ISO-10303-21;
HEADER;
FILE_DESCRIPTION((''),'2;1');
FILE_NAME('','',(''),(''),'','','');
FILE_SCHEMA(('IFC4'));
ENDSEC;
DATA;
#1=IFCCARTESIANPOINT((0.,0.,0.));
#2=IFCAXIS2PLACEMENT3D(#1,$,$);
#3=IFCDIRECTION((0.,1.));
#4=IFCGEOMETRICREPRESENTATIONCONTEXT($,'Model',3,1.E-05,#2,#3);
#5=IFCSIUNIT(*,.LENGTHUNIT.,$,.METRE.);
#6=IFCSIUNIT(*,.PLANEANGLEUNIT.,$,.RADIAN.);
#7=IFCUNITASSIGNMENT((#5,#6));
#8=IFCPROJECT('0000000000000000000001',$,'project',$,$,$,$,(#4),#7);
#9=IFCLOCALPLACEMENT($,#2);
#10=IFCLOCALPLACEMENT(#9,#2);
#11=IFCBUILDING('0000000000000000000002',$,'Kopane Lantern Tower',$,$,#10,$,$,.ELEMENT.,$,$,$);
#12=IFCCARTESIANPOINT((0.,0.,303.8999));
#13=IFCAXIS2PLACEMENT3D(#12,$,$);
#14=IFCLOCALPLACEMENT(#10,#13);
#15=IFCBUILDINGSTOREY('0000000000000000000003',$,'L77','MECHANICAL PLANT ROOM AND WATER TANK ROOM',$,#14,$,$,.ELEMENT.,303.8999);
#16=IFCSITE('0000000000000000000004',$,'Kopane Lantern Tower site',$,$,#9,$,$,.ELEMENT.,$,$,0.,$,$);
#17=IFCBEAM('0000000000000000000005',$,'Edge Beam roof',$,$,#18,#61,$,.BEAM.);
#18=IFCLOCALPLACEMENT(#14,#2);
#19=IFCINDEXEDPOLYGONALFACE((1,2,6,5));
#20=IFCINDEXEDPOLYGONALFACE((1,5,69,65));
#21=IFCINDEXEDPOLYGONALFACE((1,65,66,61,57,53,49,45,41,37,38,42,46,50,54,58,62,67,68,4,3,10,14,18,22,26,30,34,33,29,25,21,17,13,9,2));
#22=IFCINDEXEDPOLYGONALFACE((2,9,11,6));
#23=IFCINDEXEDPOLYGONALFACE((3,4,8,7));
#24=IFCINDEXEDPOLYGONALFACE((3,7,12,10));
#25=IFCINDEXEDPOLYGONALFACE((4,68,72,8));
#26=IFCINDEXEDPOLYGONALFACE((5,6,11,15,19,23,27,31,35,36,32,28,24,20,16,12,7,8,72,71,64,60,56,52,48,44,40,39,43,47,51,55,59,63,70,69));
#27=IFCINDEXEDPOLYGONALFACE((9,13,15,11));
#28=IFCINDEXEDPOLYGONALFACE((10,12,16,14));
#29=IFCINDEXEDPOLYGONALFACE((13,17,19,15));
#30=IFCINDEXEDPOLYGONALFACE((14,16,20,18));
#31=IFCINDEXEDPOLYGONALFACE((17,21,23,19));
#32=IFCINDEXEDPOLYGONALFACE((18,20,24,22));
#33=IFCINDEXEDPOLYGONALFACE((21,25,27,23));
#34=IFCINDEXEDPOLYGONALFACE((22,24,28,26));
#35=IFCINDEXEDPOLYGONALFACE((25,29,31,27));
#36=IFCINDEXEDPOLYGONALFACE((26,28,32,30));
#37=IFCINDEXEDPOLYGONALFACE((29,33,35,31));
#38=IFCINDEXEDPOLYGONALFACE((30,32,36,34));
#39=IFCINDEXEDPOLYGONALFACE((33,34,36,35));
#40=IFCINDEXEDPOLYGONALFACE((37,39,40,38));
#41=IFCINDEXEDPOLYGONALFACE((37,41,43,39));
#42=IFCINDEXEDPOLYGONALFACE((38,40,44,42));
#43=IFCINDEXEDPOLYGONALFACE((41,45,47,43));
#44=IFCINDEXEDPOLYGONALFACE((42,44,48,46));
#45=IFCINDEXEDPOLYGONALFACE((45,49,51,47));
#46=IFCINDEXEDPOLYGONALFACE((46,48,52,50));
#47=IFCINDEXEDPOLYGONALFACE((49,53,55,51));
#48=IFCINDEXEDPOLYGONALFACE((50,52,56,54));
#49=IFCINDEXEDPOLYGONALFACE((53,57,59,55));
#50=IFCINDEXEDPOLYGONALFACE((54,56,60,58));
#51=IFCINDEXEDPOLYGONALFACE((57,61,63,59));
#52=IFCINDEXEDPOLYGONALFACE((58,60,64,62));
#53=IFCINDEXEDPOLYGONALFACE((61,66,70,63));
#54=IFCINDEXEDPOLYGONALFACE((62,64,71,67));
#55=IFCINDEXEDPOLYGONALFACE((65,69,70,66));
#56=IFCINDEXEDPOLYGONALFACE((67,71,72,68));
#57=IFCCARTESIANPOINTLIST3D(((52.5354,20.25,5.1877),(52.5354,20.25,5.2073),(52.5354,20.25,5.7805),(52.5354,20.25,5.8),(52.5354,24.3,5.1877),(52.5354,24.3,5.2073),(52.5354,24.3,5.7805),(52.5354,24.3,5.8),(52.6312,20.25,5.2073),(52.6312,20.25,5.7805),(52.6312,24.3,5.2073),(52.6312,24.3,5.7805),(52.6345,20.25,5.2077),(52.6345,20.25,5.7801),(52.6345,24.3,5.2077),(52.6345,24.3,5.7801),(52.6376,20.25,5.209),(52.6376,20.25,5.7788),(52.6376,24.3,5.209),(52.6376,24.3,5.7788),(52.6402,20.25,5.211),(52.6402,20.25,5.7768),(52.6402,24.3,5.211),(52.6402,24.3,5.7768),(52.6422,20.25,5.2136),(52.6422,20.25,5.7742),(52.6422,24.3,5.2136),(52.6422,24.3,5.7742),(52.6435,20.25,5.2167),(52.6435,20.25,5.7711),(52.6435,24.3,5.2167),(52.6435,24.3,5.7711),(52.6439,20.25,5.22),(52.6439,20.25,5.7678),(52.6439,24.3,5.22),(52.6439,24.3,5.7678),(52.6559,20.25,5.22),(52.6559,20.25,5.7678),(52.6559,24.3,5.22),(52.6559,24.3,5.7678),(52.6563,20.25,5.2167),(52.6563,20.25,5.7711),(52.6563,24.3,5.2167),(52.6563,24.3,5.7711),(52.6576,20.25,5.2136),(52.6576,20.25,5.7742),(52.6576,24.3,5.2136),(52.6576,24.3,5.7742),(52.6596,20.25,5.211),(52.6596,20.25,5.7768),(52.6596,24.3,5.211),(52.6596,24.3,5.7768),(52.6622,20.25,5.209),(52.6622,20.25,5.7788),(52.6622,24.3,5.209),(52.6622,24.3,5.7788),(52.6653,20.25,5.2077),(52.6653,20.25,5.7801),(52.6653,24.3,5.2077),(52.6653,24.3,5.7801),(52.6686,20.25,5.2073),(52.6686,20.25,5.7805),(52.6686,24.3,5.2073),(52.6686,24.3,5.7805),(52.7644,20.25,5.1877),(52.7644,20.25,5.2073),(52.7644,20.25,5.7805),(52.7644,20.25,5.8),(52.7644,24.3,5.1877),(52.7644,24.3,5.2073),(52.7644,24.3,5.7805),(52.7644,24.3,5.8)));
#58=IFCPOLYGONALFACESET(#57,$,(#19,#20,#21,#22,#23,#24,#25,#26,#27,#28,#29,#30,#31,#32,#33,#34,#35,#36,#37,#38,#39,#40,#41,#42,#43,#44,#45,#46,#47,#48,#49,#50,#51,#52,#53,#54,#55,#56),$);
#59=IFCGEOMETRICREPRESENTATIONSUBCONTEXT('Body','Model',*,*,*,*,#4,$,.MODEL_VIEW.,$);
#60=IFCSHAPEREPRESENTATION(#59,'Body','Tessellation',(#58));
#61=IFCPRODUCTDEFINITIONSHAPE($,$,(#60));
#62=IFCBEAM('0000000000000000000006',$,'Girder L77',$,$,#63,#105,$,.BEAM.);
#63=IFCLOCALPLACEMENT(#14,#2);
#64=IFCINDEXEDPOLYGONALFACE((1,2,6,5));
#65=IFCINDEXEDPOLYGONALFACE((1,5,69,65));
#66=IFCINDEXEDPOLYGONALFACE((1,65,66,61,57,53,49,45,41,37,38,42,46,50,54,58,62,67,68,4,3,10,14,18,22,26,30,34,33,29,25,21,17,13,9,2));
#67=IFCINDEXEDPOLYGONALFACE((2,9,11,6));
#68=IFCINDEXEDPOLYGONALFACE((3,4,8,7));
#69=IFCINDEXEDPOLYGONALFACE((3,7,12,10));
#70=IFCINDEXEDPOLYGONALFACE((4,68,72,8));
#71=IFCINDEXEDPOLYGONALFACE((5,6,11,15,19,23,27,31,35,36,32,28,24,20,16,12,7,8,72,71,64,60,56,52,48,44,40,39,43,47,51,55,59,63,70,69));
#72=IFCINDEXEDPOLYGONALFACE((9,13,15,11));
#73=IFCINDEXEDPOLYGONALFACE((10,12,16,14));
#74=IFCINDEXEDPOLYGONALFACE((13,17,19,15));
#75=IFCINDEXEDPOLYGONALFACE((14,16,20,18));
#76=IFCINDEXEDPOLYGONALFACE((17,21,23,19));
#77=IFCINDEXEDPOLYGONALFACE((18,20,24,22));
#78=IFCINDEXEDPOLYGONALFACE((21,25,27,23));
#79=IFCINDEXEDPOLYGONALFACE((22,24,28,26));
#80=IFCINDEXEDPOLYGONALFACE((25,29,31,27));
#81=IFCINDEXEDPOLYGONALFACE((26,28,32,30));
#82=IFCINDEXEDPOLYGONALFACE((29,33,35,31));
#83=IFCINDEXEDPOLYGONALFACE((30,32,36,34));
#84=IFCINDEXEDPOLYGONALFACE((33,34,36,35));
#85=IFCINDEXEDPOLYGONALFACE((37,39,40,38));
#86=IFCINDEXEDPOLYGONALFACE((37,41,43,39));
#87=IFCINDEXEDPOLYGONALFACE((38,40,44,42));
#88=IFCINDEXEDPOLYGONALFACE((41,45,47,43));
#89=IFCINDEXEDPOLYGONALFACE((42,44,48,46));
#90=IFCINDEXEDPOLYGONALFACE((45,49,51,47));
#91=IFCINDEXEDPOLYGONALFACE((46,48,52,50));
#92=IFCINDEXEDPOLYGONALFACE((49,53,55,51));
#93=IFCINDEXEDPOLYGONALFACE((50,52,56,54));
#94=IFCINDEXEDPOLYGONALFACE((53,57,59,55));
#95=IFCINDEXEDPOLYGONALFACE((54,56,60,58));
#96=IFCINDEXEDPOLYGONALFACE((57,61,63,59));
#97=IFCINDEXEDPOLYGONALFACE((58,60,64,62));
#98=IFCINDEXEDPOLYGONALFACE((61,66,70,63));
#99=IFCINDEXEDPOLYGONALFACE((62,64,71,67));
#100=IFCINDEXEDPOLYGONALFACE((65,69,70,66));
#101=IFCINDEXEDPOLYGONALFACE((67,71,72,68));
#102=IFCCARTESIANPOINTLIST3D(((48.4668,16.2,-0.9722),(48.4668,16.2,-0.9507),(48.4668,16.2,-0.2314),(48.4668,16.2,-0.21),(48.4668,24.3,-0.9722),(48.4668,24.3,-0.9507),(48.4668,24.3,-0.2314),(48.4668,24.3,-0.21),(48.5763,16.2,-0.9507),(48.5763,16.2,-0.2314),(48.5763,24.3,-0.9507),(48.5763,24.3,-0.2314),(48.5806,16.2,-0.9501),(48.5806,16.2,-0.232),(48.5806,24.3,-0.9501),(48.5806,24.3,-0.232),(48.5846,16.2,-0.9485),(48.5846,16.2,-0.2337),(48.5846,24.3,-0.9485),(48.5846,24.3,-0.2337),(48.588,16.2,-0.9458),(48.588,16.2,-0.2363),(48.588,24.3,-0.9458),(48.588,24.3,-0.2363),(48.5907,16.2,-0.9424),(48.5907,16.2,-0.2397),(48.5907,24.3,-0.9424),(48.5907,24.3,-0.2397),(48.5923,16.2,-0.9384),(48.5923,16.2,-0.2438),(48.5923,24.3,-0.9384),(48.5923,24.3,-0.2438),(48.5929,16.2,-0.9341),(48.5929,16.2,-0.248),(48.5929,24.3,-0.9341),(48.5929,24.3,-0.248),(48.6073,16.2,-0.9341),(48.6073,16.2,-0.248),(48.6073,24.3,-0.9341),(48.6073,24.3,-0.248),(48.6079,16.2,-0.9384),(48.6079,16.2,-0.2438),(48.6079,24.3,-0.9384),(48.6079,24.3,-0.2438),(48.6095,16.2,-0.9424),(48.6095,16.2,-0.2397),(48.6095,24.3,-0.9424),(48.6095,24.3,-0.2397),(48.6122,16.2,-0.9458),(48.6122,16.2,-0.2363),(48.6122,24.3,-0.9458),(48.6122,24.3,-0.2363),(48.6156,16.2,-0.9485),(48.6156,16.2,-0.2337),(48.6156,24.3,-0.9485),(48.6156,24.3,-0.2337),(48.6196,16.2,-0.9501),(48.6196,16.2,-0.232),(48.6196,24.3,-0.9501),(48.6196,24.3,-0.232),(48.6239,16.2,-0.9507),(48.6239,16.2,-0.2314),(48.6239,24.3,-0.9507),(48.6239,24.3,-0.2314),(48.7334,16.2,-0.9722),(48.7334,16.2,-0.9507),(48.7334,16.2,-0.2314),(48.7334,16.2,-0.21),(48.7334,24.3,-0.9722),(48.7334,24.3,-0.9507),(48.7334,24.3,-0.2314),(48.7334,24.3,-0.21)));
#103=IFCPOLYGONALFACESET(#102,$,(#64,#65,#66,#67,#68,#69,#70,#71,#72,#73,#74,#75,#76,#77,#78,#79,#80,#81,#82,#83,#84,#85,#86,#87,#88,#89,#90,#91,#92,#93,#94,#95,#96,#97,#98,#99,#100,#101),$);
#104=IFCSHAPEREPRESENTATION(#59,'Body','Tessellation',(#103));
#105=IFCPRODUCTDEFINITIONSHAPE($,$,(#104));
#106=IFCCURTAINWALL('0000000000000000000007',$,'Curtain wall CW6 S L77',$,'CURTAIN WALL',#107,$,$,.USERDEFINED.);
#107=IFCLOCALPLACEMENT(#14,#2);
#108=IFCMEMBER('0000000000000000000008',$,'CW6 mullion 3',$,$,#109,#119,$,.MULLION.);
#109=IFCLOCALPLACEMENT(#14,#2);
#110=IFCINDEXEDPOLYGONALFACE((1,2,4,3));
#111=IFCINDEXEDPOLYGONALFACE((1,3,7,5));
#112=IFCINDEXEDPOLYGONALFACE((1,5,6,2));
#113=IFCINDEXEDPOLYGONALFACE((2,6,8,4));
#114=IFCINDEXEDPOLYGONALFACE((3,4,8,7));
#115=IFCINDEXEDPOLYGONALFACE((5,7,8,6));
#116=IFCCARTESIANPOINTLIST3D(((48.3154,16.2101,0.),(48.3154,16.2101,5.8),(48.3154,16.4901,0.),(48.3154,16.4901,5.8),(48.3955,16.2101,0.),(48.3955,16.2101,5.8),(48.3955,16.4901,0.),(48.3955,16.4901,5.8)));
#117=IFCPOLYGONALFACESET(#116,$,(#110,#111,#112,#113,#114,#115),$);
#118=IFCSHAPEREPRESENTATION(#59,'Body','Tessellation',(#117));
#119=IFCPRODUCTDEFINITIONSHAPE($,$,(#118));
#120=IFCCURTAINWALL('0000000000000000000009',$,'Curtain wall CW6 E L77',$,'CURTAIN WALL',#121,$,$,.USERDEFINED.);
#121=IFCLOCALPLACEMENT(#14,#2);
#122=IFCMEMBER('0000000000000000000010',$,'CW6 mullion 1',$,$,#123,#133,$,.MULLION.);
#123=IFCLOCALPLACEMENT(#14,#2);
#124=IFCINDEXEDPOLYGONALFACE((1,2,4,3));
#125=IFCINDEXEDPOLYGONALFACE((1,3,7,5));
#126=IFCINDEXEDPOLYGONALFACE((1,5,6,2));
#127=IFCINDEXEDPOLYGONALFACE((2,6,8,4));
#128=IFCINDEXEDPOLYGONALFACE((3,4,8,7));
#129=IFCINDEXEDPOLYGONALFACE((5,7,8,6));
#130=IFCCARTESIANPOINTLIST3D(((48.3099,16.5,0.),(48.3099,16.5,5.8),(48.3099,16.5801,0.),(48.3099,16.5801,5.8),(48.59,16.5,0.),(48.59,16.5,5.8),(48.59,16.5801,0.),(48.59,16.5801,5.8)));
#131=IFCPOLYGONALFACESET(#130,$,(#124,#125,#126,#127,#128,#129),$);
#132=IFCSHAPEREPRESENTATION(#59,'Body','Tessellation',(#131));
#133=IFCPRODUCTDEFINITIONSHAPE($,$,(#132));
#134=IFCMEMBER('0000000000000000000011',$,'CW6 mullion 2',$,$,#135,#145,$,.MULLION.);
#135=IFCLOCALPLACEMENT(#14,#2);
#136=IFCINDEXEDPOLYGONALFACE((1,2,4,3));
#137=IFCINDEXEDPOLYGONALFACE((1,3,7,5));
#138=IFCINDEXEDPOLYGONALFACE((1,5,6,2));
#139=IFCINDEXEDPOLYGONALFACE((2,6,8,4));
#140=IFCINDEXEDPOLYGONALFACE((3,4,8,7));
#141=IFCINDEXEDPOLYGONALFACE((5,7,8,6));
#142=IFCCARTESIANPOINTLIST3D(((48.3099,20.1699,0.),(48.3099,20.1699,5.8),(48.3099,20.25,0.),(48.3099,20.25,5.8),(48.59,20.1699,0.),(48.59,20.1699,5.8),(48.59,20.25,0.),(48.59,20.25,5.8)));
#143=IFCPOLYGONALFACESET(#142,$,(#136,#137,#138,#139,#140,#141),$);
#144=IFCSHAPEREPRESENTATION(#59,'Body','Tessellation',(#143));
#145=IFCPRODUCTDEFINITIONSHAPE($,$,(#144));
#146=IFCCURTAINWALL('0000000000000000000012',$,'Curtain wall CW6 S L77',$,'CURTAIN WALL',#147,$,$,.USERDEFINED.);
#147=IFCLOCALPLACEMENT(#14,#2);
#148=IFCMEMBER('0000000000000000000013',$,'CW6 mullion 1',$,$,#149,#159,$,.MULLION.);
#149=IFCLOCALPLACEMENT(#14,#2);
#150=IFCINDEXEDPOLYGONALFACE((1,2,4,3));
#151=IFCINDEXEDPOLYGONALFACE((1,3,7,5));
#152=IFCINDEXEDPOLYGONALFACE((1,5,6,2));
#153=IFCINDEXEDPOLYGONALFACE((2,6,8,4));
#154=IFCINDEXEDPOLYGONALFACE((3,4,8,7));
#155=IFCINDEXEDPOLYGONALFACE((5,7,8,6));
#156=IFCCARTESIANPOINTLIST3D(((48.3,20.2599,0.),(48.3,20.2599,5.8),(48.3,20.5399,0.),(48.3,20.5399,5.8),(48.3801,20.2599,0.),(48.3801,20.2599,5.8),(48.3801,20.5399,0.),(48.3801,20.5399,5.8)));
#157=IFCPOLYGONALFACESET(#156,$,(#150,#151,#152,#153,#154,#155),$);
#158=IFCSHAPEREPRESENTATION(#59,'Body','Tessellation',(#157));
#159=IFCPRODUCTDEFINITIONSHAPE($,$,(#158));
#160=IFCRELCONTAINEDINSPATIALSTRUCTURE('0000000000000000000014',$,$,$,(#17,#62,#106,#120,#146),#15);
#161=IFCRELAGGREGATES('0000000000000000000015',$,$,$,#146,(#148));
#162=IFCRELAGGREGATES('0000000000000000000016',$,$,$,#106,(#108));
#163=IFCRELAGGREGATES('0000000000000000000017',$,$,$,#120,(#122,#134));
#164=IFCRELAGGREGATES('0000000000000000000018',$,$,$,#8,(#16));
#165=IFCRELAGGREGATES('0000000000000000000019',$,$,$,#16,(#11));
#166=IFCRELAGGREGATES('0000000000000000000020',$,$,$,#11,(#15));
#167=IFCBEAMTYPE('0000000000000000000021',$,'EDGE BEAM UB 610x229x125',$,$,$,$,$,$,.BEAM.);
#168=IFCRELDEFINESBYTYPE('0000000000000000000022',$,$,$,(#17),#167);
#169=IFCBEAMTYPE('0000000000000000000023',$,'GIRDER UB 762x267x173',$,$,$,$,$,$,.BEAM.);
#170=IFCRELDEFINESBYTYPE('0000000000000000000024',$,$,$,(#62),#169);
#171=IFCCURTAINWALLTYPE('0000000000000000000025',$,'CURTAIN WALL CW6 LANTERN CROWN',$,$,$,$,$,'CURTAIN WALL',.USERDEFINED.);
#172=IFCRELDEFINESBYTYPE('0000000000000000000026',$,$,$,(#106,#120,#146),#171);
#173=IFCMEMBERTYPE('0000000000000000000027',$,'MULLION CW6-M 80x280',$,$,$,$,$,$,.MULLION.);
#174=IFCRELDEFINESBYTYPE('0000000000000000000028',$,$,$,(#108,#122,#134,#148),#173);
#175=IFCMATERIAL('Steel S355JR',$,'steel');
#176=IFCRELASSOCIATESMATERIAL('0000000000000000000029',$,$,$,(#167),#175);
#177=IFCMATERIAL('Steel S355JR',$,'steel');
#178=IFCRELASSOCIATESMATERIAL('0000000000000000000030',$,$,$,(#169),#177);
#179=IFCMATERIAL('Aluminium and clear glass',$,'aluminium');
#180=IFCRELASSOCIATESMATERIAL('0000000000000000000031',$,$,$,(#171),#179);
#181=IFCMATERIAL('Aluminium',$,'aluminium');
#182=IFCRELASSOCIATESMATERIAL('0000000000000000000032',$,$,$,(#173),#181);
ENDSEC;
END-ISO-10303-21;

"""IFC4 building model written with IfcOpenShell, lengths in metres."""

from ifc_helpers import new_model, si_unit, direction, frame, origin, origin_2d, place, context, subcontext, project, spatial, rectangle, i_section, extrude, material, material_profile, profile_set, type_object, element, aggregate, save


model = new_model("IFC4")

# Units and contexts
model_context = context("Model", 3, precision=1e-05, world=origin(), true_north=direction((0.0, 1.0)))
body_context = subcontext(model_context, "Body", "Model", "MODEL_VIEW")
ifc_project = project(units=[si_unit("LENGTHUNIT", "METRE"), si_unit("PLANEANGLEUNIT", "RADIAN")], contexts=[model_context])

# Site, building, storey
site_placement = place(None, origin())
site = spatial("IfcSite", under=ifc_project, at=site_placement, Name="Kopane Lantern Tower site", CompositionType="ELEMENT", RefElevation=0.0)
building_placement = place(site_placement, origin())
building = spatial("IfcBuilding", under=site, at=building_placement, Name="Kopane Lantern Tower", CompositionType="ELEMENT")
storey_placement = place(building_placement, frame((0.0, 0.0, 303.8999)))
storey = spatial("IfcBuildingStorey", under=building, at=storey_placement, Name="L77", Description="MECHANICAL PLANT ROOM AND WATER TANK ROOM", CompositionType="ELEMENT", Elevation=303.8999)

# Beams
ifc_material_1 = material(Name="Steel S355JR", Category="steel")
ifc_material_profile_1 = material_profile(ifc_material_1, i_section(OverallWidth=0.229, OverallDepth=0.6123, WebThickness=0.012, FlangeThickness=0.0195, FilletRadius=0.0127, at=origin_2d()), Name="UB 610x229x125")
ifc_profile_set_1 = profile_set([ifc_material_profile_1], Name="Steel S355JR")
beam_type_1 = type_object("IfcBeamType", Name="EDGE BEAM UB 610x229x125", PredefinedType="BEAM", material=ifc_profile_set_1)
beam_1_placement = place(storey_placement, frame((52.6499, 20.25, 5.4939), z_axis=(0.0, 1.0, 0.0), x_axis=(-1.0, 0.0, 0.0)))
element("IfcBeam", 1, at=beam_1_placement, inside=storey, type_object=beam_type_1, Name="Edge Beam roof", PredefinedType="BEAM", context=body_context, shape_type="SweptSolid", body=[
    extrude(i_section(OverallWidth=0.229, OverallDepth=0.6123, WebThickness=0.012, FlangeThickness=0.0195, FilletRadius=0.0127, at=origin_2d()), origin(), (0.0, 0.0, 1.0), 4.05),
])
ifc_material_2 = material(Name="Steel S355JR", Category="steel")
ifc_material_profile_2 = material_profile(ifc_material_2, i_section(OverallWidth=0.2666, OverallDepth=0.7622, WebThickness=0.0144, FlangeThickness=0.0215, FilletRadius=0.0166, at=origin_2d()), Name="UB 762x267x173")
ifc_profile_set_2 = profile_set([ifc_material_profile_2], Name="Steel S355JR")
beam_type_2 = type_object("IfcBeamType", Name="GIRDER UB 762x267x173", PredefinedType="BEAM", material=ifc_profile_set_2)
beam_2_placement = place(storey_placement, frame((48.6001, 16.2, -0.5911), z_axis=(0.0, 1.0, 0.0), x_axis=(-1.0, 0.0, 0.0)))
element("IfcBeam", 2, at=beam_2_placement, inside=storey, type_object=beam_type_2, Name="Girder L77", PredefinedType="BEAM", context=body_context, shape_type="SweptSolid", body=[
    extrude(i_section(OverallWidth=0.2666, OverallDepth=0.7622, WebThickness=0.0144, FlangeThickness=0.0215, FilletRadius=0.0166, at=origin_2d()), origin(), (0.0, 0.0, 1.0), 8.1001),
])

# Curtain wall, member
ifc_material_3 = material(Name="Aluminium and clear glass", Category="aluminium")
curtain_wall_type = type_object("IfcCurtainWallType", Name="CURTAIN WALL CW6 LANTERN CROWN", ElementType="CURTAIN WALL", PredefinedType="USERDEFINED", material=ifc_material_3)
curtain_wall_1_placement = place(storey_placement, origin())
curtain_wall_1 = element("IfcCurtainWall", 3, at=curtain_wall_1_placement, inside=storey, type_object=curtain_wall_type, Name="Curtain wall CW6 S L77", ObjectType="CURTAIN WALL", PredefinedType="USERDEFINED")
ifc_material_4 = material(Name="Aluminium", Category="aluminium")
ifc_material_profile_3 = material_profile(ifc_material_4, rectangle(XDim=0.0801, YDim=0.28, at=origin_2d()), Name="AL 80x280")
ifc_profile_set_3 = profile_set([ifc_material_profile_3], Name="Aluminium")
member_type_1 = type_object("IfcMemberType", Name="MULLION CW6-M 80x280", PredefinedType="MULLION", material=ifc_profile_set_3)
member_1_placement = place(storey_placement, frame((48.3555, 16.3501, 0.0), z_axis=(0.0, 0.0, 1.0), x_axis=(1.0, 0.0, 0.0)))
member_1 = element("IfcMember", 4, at=member_1_placement, type_object=member_type_1, Name="CW6 mullion 3", PredefinedType="MULLION", context=body_context, shape_type="SweptSolid", body=[
    extrude(rectangle(XDim=0.0801, YDim=0.28, at=origin_2d()), origin(), (0.0, 0.0, 1.0), 5.8),
])

# Curtain wall, members
curtain_wall_2_placement = place(storey_placement, origin())
curtain_wall_2 = element("IfcCurtainWall", 5, at=curtain_wall_2_placement, inside=storey, type_object=curtain_wall_type, Name="Curtain wall CW6 E L77", ObjectType="CURTAIN WALL", PredefinedType="USERDEFINED")
member_2_placement = place(storey_placement, frame((48.45, 16.54, 0.0), z_axis=(0.0, 0.0, 1.0), x_axis=(0.0, 1.0, 0.0)))
member_2 = element("IfcMember", 6, at=member_2_placement, type_object=member_type_1, Name="CW6 mullion 1", PredefinedType="MULLION", context=body_context, shape_type="SweptSolid", body=[
    extrude(rectangle(XDim=0.0801, YDim=0.28, at=origin_2d()), origin(), (0.0, 0.0, 1.0), 5.8),
])
member_3_placement = place(storey_placement, frame((48.45, 20.21, 0.0), z_axis=(0.0, 0.0, 1.0), x_axis=(0.0, 1.0, 0.0)))
member_3 = element("IfcMember", 7, at=member_3_placement, type_object=member_type_1, Name="CW6 mullion 2", PredefinedType="MULLION", context=body_context, shape_type="SweptSolid", body=[
    extrude(rectangle(XDim=0.0801, YDim=0.28, at=origin_2d()), origin(), (0.0, 0.0, 1.0), 5.8),
])

# Curtain wall, member
curtain_wall_3_placement = place(storey_placement, origin())
curtain_wall_3 = element("IfcCurtainWall", 8, at=curtain_wall_3_placement, inside=storey, type_object=curtain_wall_type, Name="Curtain wall CW6 S L77", ObjectType="CURTAIN WALL", PredefinedType="USERDEFINED")
member_4_placement = place(storey_placement, frame((48.3401, 20.3999, 0.0), z_axis=(0.0, 0.0, 1.0), x_axis=(1.0, 0.0, 0.0)))
member_4 = element("IfcMember", 9, at=member_4_placement, type_object=member_type_1, Name="CW6 mullion 1", PredefinedType="MULLION", context=body_context, shape_type="SweptSolid", body=[
    extrude(rectangle(XDim=0.0801, YDim=0.28, at=origin_2d()), origin(), (0.0, 0.0, 1.0), 5.8),
])
aggregate(curtain_wall_3, [member_4])

aggregate(curtain_wall_1, [member_1])
aggregate(curtain_wall_2, [member_2, member_3])

save(model, "model.ifc")
